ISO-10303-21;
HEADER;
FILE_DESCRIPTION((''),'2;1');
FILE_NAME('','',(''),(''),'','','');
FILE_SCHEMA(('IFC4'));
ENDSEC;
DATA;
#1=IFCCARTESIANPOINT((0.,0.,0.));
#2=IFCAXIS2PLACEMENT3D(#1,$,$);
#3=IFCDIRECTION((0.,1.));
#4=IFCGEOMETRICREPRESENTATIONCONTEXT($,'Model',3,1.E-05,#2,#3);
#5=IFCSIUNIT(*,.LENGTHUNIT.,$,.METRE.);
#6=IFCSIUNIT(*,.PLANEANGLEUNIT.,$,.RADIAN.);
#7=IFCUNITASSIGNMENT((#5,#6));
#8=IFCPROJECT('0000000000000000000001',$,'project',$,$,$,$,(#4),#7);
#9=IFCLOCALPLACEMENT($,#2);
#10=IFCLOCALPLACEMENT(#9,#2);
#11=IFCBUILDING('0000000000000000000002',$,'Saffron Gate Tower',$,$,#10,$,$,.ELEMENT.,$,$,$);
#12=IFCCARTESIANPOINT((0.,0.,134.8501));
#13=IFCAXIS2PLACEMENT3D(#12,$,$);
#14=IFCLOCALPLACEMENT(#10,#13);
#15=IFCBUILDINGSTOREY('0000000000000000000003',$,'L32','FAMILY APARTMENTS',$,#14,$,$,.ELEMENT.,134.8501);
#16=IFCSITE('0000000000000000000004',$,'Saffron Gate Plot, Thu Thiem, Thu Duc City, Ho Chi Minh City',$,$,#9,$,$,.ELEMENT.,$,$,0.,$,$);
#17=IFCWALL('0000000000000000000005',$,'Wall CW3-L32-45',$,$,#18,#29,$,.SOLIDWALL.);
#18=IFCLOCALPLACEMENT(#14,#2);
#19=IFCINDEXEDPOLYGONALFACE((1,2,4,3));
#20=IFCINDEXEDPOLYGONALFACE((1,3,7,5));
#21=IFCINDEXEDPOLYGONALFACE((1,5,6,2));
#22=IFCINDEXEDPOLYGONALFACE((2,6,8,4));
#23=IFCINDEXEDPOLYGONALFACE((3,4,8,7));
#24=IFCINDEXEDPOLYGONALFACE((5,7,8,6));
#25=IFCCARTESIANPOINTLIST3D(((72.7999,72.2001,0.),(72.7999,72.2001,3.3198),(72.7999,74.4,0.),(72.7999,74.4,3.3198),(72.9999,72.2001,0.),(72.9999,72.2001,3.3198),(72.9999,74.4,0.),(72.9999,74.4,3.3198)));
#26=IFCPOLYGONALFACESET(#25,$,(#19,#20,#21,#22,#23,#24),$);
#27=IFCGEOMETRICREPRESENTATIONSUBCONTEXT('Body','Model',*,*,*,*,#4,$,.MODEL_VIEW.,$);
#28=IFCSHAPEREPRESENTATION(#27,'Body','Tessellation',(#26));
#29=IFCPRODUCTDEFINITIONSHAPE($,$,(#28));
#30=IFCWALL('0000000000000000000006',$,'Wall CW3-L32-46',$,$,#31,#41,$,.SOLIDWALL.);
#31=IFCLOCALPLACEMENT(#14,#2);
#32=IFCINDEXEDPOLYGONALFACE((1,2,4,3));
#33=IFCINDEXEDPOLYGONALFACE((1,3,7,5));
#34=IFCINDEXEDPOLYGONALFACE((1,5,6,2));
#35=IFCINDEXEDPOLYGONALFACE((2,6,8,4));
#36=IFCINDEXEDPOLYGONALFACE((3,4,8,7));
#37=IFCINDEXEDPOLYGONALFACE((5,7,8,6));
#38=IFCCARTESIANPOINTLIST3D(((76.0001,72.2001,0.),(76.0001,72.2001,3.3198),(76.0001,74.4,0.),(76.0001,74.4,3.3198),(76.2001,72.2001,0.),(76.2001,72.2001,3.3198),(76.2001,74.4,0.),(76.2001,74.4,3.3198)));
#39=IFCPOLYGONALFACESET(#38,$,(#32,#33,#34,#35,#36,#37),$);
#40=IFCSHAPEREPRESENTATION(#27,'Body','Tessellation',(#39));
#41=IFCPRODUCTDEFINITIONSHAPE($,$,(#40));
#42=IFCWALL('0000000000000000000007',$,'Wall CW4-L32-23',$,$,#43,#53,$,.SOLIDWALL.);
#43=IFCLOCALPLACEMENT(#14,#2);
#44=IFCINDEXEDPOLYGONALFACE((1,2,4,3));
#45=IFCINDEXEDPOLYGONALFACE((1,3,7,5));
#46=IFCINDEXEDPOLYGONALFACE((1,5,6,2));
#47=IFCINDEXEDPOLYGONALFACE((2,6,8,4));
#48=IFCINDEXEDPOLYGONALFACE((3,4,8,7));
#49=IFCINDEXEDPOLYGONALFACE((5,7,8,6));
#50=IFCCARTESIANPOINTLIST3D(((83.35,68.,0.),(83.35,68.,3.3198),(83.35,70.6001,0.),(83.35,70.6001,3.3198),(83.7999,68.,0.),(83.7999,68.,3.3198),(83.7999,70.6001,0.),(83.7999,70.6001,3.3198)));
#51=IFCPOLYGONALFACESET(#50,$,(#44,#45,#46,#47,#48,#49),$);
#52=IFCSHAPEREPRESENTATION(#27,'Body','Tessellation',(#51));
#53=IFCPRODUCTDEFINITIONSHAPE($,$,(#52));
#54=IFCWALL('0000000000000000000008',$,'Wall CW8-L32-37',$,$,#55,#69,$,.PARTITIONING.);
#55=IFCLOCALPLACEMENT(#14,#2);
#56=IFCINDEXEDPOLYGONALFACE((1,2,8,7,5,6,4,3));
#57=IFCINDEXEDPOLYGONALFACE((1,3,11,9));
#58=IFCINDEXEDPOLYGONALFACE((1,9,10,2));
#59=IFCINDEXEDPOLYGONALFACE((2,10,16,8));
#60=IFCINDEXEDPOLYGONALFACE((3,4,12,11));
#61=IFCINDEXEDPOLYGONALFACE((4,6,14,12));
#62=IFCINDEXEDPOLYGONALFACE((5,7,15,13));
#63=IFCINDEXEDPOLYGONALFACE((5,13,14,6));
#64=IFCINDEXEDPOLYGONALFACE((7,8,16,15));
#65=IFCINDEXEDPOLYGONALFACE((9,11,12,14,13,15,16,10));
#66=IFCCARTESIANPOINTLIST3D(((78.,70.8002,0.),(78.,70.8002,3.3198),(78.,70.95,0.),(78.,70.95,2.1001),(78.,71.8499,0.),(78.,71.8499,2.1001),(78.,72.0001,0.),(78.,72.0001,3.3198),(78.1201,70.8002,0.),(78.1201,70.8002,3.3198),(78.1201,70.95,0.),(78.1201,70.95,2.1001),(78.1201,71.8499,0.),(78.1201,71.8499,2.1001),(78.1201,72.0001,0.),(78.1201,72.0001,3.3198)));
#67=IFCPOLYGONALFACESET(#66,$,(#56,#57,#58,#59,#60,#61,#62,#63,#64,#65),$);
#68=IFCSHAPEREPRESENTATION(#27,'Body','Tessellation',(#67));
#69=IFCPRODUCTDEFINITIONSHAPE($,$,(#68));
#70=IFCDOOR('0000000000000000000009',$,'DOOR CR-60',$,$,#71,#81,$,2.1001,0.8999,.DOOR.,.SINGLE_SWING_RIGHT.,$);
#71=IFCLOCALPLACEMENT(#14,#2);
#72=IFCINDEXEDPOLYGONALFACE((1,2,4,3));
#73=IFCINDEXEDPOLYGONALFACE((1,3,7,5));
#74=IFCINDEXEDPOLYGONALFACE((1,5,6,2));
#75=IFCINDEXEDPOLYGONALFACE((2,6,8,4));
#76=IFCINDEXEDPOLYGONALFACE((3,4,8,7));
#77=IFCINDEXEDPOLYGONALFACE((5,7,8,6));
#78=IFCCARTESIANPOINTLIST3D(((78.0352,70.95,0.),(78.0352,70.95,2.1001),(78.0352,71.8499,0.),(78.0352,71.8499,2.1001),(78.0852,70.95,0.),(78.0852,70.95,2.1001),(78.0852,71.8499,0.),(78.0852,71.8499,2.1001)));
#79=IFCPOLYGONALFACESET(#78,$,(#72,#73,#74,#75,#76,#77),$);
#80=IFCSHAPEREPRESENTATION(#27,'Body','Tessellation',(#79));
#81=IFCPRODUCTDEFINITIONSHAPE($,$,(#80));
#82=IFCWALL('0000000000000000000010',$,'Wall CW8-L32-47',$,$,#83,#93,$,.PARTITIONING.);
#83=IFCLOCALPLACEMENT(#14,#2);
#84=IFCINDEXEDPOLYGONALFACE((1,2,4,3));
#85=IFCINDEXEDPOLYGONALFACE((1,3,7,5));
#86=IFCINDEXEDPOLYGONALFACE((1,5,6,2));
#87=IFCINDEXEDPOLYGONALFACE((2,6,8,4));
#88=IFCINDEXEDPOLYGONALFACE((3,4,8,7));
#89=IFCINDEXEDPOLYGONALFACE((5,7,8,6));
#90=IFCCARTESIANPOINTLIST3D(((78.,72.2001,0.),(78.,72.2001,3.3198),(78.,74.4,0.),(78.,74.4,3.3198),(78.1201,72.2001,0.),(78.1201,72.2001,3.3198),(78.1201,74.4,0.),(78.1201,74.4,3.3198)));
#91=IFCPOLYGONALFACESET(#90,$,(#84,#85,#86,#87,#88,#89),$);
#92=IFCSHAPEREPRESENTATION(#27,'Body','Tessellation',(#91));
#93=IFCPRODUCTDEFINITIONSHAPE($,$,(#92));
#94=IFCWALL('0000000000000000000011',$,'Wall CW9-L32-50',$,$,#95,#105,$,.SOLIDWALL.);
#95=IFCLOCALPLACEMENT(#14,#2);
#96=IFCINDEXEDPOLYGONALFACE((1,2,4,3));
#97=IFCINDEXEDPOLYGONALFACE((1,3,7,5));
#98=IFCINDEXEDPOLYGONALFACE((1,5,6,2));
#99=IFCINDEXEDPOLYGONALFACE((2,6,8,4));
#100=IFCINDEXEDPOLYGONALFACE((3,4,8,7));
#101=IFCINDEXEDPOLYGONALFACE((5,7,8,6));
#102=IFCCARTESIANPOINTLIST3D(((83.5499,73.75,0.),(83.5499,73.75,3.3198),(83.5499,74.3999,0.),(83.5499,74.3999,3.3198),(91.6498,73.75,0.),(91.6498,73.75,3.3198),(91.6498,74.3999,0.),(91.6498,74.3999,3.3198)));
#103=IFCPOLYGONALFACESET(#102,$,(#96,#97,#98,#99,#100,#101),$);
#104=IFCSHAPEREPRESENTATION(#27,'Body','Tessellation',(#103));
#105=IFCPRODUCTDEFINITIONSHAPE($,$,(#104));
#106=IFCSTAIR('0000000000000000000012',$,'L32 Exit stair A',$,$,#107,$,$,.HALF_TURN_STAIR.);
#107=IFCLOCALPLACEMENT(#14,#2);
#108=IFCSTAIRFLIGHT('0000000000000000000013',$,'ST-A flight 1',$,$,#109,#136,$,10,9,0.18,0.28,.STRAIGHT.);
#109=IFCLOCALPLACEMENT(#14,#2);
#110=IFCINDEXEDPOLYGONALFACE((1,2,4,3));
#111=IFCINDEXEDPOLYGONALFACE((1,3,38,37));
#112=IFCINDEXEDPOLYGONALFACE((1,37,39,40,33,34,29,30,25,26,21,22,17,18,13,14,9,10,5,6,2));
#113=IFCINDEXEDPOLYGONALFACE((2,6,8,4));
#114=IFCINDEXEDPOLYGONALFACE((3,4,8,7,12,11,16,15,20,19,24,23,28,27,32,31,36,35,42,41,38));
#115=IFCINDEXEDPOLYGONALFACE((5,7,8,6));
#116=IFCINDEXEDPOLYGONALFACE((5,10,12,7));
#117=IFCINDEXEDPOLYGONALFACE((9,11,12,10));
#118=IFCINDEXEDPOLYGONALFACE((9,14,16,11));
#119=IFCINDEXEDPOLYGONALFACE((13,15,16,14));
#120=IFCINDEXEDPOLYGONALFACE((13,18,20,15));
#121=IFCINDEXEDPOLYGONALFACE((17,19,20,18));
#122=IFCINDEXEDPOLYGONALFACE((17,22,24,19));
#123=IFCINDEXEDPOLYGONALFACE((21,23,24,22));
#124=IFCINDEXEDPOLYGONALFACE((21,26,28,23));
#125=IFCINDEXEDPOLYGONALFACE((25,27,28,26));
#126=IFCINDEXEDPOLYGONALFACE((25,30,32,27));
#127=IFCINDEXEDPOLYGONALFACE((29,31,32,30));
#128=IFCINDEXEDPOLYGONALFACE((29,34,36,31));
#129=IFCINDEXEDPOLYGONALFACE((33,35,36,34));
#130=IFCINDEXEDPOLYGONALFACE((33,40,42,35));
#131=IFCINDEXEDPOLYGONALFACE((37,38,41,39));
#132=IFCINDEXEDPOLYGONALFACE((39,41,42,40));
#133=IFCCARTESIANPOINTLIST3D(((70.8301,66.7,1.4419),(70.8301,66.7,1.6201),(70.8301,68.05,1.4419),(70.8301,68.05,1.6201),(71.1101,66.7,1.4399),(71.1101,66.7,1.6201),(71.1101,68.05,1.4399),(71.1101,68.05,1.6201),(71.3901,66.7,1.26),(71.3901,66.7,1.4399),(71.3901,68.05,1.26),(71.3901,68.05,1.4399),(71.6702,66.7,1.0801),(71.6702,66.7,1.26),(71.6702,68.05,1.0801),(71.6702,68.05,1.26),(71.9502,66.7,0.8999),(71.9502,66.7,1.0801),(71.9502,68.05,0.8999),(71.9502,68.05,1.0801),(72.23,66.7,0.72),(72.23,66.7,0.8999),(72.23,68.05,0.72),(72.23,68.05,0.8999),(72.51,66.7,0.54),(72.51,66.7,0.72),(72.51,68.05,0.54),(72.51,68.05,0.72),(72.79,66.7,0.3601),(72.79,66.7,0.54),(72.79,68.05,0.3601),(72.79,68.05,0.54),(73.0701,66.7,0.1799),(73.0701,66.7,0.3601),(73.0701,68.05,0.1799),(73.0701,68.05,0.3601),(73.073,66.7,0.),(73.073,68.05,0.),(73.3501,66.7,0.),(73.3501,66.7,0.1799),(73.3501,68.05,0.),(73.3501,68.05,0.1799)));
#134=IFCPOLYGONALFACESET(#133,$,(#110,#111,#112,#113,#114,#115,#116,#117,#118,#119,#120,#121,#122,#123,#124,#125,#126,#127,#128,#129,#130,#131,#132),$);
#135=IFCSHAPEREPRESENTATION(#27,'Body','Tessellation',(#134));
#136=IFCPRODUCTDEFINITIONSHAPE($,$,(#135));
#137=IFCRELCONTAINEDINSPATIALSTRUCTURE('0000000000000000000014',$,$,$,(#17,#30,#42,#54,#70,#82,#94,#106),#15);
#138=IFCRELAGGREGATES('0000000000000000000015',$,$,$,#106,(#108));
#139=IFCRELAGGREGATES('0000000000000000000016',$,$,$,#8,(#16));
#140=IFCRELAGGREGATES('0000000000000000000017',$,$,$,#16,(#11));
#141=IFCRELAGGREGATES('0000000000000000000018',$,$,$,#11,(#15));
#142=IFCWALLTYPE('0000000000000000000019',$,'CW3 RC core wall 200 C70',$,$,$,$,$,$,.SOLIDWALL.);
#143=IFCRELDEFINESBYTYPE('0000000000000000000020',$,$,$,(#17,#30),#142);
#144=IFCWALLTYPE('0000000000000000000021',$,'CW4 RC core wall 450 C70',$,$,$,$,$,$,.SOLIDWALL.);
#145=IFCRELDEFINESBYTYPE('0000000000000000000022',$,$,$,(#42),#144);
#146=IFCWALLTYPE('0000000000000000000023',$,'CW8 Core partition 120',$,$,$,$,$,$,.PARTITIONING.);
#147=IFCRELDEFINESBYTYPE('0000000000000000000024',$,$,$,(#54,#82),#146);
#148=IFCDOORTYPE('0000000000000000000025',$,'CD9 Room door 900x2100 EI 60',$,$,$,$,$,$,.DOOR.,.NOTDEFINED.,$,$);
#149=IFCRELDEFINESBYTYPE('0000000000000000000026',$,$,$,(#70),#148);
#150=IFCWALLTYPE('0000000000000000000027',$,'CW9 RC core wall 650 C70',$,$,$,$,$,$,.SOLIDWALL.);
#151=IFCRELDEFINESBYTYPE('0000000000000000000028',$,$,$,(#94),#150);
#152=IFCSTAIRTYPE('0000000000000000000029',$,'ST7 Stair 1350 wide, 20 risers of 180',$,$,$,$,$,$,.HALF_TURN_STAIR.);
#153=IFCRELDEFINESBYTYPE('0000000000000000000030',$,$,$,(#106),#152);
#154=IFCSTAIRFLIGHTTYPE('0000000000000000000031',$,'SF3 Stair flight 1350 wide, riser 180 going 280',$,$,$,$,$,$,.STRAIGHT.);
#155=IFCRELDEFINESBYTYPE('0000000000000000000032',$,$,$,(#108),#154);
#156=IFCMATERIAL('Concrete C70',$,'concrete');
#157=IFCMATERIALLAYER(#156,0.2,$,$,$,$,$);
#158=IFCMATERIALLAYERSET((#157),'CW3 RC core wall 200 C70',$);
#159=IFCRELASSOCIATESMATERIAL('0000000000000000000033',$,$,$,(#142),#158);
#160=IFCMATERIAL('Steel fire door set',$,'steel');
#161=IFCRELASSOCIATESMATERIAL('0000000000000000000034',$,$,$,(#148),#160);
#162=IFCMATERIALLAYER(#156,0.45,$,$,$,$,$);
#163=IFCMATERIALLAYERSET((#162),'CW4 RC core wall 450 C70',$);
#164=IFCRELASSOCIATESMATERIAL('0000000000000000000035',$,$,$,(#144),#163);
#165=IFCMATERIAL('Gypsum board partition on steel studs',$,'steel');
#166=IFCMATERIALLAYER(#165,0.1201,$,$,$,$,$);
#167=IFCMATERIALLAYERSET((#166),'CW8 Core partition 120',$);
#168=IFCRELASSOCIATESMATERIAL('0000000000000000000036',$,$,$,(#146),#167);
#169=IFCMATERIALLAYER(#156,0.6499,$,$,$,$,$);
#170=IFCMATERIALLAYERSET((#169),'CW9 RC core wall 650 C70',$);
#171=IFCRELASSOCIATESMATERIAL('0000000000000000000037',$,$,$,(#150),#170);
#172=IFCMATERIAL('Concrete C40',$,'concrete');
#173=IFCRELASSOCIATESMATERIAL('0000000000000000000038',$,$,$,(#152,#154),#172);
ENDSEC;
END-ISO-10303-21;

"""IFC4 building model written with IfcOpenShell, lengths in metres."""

from ifc_helpers import new_model, si_unit, direction, frame, frame_2d, origin, place, context, subcontext, project, spatial, polyline, rectangle, outline, extrude, material, layer, layer_set, type_object, element, fill, aggregate, save


model = new_model("IFC4")

# Units and contexts
model_context = context("Model", 3, precision=1e-05, world=origin(), true_north=direction((0.0, 1.0)))
body_context = subcontext(model_context, "Body", "Model", "MODEL_VIEW")
ifc_project = project(units=[si_unit("LENGTHUNIT", "METRE"), si_unit("PLANEANGLEUNIT", "RADIAN")], contexts=[model_context])

# Site, building, storey
site_placement = place(None, origin())
site = spatial("IfcSite", under=ifc_project, at=site_placement, Name="Saffron Gate Plot, Thu Thiem, Thu Duc City, Ho Chi Minh City", CompositionType="ELEMENT", RefElevation=0.0)
building_placement = place(site_placement, origin())
building = spatial("IfcBuilding", under=site, at=building_placement, Name="Saffron Gate Tower", CompositionType="ELEMENT")
storey_placement = place(building_placement, frame((0.0, 0.0, 134.8501)))
storey = spatial("IfcBuildingStorey", under=building, at=storey_placement, Name="L32", Description="FAMILY APARTMENTS", CompositionType="ELEMENT", Elevation=134.8501)

# Shared definitions
ifc_material_1 = material(Name="Concrete C70", Category="concrete")

# Shared definitions
ifc_layer_1 = layer(ifc_material_1, 0.2)
ifc_layer_set_1 = layer_set([ifc_layer_1], Name="CW3 RC core wall 200 C70")
wall_type_1 = type_object("IfcWallType", Name="CW3 RC core wall 200 C70", PredefinedType="SOLIDWALL", material=ifc_layer_set_1)
ifc_material_2 = material(Name="Steel fire door set", Category="steel")
door_type_1 = type_object("IfcDoorType", Name="CD9 Room door 900x2100 EI 60", OperationType="NOTDEFINED", PredefinedType="DOOR", material=ifc_material_2)

# Walls
for number, where, z_axis, x_axis, name in (
    (1, (72.8999, 72.2, 0.0), (0.0, 0.0, 1.0), (0.0, 1.0, 0.0), "Wall CW3-L32-45"),
    (2, (76.1001, 72.2, 0.0), (0.0, 0.0, 1.0), (0.0, 1.0, 0.0), "Wall CW3-L32-46"),
):
    element("IfcWall", number, at=place(storey_placement, frame(where, z_axis=z_axis, x_axis=x_axis)), inside=storey, type_object=wall_type_1, Name=name, PredefinedType="SOLIDWALL", context=body_context, shape_type="SweptSolid", body=[
        extrude(rectangle(XDim=2.2, YDim=0.2, at=frame_2d((1.1001, 0.0))), origin(), (0.0, 0.0, 1.0), 3.3198),
    ])
ifc_layer_2 = layer(ifc_material_1, 0.45)
ifc_layer_set_2 = layer_set([ifc_layer_2], Name="CW4 RC core wall 450 C70")
wall_type_2 = type_object("IfcWallType", Name="CW4 RC core wall 450 C70", PredefinedType="SOLIDWALL", material=ifc_layer_set_2)
wall_1_placement = place(storey_placement, frame((83.575, 68.0, 0.0), z_axis=(0.0, 0.0, 1.0), x_axis=(0.0, 1.0, 0.0)))
element("IfcWall", 3, at=wall_1_placement, inside=storey, type_object=wall_type_2, Name="Wall CW4-L32-23", PredefinedType="SOLIDWALL", context=body_context, shape_type="SweptSolid", body=[
    extrude(rectangle(XDim=2.6001, YDim=0.45, at=frame_2d((1.3, 0.0))), origin(), (0.0, 0.0, 1.0), 3.3198),
])

# Wall, opening, door
ifc_material_3 = material(Name="Gypsum board partition on steel studs", Category="steel")
ifc_layer_3 = layer(ifc_material_3, 0.1201)
ifc_layer_set_3 = layer_set([ifc_layer_3], Name="CW8 Core partition 120")
wall_type_3 = type_object("IfcWallType", Name="CW8 Core partition 120", PredefinedType="PARTITIONING", material=ifc_layer_set_3)
wall_2_placement = place(storey_placement, frame((78.0601, 70.8, 0.0), z_axis=(0.0, 0.0, 1.0), x_axis=(0.0, 1.0, 0.0)))
wall_2 = element("IfcWall", 4, at=wall_2_placement, inside=storey, type_object=wall_type_3, Name="Wall CW8-L32-37", PredefinedType="PARTITIONING", context=body_context, shape_type="SweptSolid", body=[
    extrude(rectangle(XDim=1.2, YDim=0.1201, at=frame_2d((0.6001, 0.0))), origin(), (0.0, 0.0, 1.0), 3.3198),
])
opening_1_placement = place(wall_2_placement, frame((0.1499, 0.0, 0.0)))
opening_1 = element("IfcOpeningElement", 5, at=opening_1_placement, cuts=wall_2, PredefinedType="OPENING", context=body_context, shape_type="SweptSolid", body=[
    extrude(rectangle(XDim=0.8999, YDim=2.1001, at=frame_2d((0.45, 1.05))), frame((0.0, 0.0701, 0.0), z_axis=(0.0, -1.0, 0.0), x_axis=(1.0, 0.0, 0.0)), (0.0, 0.0, 1.0), 0.1401),
])
door_1_placement = place(opening_1_placement, origin())
door_1 = element("IfcDoor", 6, at=door_1_placement, inside=storey, type_object=door_type_1, Name="DOOR CR-60", OperationType="SINGLE_SWING_RIGHT", OverallHeight=2.1001, OverallWidth=0.8999, PredefinedType="DOOR", context=body_context, shape_type="SweptSolid", body=[
    extrude(rectangle(XDim=0.8999, YDim=2.1001, at=frame_2d((0.45, 1.05))), frame((0.0, 0.0249, 0.0), z_axis=(0.0, -1.0, 0.0), x_axis=(1.0, 0.0, 0.0)), (0.0, 0.0, 1.0), 0.05),
])
fill(opening_1, door_1)

# Walls
wall_3_placement = place(storey_placement, frame((78.0601, 72.2, 0.0), z_axis=(0.0, 0.0, 1.0), x_axis=(0.0, 1.0, 0.0)))
element("IfcWall", 7, at=wall_3_placement, inside=storey, type_object=wall_type_3, Name="Wall CW8-L32-47", PredefinedType="PARTITIONING", context=body_context, shape_type="SweptSolid", body=[
    extrude(rectangle(XDim=2.2, YDim=0.1201, at=frame_2d((1.1001, 0.0))), origin(), (0.0, 0.0, 1.0), 3.3198),
])
ifc_layer_4 = layer(ifc_material_1, 0.6499)
ifc_layer_set_4 = layer_set([ifc_layer_4], Name="CW9 RC core wall 650 C70")
wall_type_4 = type_object("IfcWallType", Name="CW9 RC core wall 650 C70", PredefinedType="SOLIDWALL", material=ifc_layer_set_4)
wall_4_placement = place(storey_placement, frame((83.55, 74.075, 0.0), z_axis=(0.0, 0.0, 1.0), x_axis=(1.0, 0.0, 0.0)))
element("IfcWall", 8, at=wall_4_placement, inside=storey, type_object=wall_type_4, Name="Wall CW9-L32-50", PredefinedType="SOLIDWALL", context=body_context, shape_type="SweptSolid", body=[
    extrude(rectangle(XDim=8.0999, YDim=0.6499, at=frame_2d((4.0498, 0.0))), origin(), (0.0, 0.0, 1.0), 3.3198),
])

# Stair, stair flight
ifc_material_4 = material(Name="Concrete C40", Category="concrete")
stair_type = type_object("IfcStairType", Name="ST7 Stair 1350 wide, 20 risers of 180", PredefinedType="HALF_TURN_STAIR", material=ifc_material_4)
stair_placement = place(storey_placement, origin())
stair = element("IfcStair", 9, at=stair_placement, inside=storey, type_object=stair_type, Name="L32 Exit stair A", PredefinedType="HALF_TURN_STAIR")
stair_flight_type = type_object("IfcStairFlightType", Name="SF3 Stair flight 1350 wide, riser 180 going 280", PredefinedType="STRAIGHT", material=ifc_material_4)
stair_flight_placement = place(storey_placement, frame((73.3501, 67.375, 0.0), z_axis=(0.0, 0.0, 1.0), x_axis=(-1.0, 0.0, 0.0)))
stair_flight = element("IfcStairFlight", 10, at=stair_flight_placement, type_object=stair_flight_type, Name="ST-A flight 1", NumberOfRisers=10, NumberOfTreads=9, PredefinedType="STRAIGHT", RiserHeight=0.18, TreadLength=0.28, context=body_context, shape_type="SweptSolid", body=[
    extrude(outline(polyline([(0.0, 0.0), (0.0, 0.1799), (0.28, 0.1799), (0.28, 0.3601), (0.5601, 0.3601), (0.5601, 0.54), (0.8401, 0.54), (0.8401, 0.72), (1.1201, 0.72), (1.1201, 0.8999), (1.3999, 0.8999), (1.3999, 1.0801), (1.6799, 1.0801), (1.6799, 1.26), (1.96, 1.26), (1.96, 1.4399), (2.24, 1.4399), (2.24, 1.6201), (2.52, 1.6201), (2.52, 1.8), (2.52, 1.4419), (0.2771, 0.0), (0.0, 0.0)])), frame((0.0, 0.675, 0.0), z_axis=(0.0, -1.0, 0.0), x_axis=(1.0, 0.0, 0.0)), (0.0, 0.0, 1.0), 1.3501),
])
aggregate(stair, [stair_flight])

save(model, "model.ifc")
